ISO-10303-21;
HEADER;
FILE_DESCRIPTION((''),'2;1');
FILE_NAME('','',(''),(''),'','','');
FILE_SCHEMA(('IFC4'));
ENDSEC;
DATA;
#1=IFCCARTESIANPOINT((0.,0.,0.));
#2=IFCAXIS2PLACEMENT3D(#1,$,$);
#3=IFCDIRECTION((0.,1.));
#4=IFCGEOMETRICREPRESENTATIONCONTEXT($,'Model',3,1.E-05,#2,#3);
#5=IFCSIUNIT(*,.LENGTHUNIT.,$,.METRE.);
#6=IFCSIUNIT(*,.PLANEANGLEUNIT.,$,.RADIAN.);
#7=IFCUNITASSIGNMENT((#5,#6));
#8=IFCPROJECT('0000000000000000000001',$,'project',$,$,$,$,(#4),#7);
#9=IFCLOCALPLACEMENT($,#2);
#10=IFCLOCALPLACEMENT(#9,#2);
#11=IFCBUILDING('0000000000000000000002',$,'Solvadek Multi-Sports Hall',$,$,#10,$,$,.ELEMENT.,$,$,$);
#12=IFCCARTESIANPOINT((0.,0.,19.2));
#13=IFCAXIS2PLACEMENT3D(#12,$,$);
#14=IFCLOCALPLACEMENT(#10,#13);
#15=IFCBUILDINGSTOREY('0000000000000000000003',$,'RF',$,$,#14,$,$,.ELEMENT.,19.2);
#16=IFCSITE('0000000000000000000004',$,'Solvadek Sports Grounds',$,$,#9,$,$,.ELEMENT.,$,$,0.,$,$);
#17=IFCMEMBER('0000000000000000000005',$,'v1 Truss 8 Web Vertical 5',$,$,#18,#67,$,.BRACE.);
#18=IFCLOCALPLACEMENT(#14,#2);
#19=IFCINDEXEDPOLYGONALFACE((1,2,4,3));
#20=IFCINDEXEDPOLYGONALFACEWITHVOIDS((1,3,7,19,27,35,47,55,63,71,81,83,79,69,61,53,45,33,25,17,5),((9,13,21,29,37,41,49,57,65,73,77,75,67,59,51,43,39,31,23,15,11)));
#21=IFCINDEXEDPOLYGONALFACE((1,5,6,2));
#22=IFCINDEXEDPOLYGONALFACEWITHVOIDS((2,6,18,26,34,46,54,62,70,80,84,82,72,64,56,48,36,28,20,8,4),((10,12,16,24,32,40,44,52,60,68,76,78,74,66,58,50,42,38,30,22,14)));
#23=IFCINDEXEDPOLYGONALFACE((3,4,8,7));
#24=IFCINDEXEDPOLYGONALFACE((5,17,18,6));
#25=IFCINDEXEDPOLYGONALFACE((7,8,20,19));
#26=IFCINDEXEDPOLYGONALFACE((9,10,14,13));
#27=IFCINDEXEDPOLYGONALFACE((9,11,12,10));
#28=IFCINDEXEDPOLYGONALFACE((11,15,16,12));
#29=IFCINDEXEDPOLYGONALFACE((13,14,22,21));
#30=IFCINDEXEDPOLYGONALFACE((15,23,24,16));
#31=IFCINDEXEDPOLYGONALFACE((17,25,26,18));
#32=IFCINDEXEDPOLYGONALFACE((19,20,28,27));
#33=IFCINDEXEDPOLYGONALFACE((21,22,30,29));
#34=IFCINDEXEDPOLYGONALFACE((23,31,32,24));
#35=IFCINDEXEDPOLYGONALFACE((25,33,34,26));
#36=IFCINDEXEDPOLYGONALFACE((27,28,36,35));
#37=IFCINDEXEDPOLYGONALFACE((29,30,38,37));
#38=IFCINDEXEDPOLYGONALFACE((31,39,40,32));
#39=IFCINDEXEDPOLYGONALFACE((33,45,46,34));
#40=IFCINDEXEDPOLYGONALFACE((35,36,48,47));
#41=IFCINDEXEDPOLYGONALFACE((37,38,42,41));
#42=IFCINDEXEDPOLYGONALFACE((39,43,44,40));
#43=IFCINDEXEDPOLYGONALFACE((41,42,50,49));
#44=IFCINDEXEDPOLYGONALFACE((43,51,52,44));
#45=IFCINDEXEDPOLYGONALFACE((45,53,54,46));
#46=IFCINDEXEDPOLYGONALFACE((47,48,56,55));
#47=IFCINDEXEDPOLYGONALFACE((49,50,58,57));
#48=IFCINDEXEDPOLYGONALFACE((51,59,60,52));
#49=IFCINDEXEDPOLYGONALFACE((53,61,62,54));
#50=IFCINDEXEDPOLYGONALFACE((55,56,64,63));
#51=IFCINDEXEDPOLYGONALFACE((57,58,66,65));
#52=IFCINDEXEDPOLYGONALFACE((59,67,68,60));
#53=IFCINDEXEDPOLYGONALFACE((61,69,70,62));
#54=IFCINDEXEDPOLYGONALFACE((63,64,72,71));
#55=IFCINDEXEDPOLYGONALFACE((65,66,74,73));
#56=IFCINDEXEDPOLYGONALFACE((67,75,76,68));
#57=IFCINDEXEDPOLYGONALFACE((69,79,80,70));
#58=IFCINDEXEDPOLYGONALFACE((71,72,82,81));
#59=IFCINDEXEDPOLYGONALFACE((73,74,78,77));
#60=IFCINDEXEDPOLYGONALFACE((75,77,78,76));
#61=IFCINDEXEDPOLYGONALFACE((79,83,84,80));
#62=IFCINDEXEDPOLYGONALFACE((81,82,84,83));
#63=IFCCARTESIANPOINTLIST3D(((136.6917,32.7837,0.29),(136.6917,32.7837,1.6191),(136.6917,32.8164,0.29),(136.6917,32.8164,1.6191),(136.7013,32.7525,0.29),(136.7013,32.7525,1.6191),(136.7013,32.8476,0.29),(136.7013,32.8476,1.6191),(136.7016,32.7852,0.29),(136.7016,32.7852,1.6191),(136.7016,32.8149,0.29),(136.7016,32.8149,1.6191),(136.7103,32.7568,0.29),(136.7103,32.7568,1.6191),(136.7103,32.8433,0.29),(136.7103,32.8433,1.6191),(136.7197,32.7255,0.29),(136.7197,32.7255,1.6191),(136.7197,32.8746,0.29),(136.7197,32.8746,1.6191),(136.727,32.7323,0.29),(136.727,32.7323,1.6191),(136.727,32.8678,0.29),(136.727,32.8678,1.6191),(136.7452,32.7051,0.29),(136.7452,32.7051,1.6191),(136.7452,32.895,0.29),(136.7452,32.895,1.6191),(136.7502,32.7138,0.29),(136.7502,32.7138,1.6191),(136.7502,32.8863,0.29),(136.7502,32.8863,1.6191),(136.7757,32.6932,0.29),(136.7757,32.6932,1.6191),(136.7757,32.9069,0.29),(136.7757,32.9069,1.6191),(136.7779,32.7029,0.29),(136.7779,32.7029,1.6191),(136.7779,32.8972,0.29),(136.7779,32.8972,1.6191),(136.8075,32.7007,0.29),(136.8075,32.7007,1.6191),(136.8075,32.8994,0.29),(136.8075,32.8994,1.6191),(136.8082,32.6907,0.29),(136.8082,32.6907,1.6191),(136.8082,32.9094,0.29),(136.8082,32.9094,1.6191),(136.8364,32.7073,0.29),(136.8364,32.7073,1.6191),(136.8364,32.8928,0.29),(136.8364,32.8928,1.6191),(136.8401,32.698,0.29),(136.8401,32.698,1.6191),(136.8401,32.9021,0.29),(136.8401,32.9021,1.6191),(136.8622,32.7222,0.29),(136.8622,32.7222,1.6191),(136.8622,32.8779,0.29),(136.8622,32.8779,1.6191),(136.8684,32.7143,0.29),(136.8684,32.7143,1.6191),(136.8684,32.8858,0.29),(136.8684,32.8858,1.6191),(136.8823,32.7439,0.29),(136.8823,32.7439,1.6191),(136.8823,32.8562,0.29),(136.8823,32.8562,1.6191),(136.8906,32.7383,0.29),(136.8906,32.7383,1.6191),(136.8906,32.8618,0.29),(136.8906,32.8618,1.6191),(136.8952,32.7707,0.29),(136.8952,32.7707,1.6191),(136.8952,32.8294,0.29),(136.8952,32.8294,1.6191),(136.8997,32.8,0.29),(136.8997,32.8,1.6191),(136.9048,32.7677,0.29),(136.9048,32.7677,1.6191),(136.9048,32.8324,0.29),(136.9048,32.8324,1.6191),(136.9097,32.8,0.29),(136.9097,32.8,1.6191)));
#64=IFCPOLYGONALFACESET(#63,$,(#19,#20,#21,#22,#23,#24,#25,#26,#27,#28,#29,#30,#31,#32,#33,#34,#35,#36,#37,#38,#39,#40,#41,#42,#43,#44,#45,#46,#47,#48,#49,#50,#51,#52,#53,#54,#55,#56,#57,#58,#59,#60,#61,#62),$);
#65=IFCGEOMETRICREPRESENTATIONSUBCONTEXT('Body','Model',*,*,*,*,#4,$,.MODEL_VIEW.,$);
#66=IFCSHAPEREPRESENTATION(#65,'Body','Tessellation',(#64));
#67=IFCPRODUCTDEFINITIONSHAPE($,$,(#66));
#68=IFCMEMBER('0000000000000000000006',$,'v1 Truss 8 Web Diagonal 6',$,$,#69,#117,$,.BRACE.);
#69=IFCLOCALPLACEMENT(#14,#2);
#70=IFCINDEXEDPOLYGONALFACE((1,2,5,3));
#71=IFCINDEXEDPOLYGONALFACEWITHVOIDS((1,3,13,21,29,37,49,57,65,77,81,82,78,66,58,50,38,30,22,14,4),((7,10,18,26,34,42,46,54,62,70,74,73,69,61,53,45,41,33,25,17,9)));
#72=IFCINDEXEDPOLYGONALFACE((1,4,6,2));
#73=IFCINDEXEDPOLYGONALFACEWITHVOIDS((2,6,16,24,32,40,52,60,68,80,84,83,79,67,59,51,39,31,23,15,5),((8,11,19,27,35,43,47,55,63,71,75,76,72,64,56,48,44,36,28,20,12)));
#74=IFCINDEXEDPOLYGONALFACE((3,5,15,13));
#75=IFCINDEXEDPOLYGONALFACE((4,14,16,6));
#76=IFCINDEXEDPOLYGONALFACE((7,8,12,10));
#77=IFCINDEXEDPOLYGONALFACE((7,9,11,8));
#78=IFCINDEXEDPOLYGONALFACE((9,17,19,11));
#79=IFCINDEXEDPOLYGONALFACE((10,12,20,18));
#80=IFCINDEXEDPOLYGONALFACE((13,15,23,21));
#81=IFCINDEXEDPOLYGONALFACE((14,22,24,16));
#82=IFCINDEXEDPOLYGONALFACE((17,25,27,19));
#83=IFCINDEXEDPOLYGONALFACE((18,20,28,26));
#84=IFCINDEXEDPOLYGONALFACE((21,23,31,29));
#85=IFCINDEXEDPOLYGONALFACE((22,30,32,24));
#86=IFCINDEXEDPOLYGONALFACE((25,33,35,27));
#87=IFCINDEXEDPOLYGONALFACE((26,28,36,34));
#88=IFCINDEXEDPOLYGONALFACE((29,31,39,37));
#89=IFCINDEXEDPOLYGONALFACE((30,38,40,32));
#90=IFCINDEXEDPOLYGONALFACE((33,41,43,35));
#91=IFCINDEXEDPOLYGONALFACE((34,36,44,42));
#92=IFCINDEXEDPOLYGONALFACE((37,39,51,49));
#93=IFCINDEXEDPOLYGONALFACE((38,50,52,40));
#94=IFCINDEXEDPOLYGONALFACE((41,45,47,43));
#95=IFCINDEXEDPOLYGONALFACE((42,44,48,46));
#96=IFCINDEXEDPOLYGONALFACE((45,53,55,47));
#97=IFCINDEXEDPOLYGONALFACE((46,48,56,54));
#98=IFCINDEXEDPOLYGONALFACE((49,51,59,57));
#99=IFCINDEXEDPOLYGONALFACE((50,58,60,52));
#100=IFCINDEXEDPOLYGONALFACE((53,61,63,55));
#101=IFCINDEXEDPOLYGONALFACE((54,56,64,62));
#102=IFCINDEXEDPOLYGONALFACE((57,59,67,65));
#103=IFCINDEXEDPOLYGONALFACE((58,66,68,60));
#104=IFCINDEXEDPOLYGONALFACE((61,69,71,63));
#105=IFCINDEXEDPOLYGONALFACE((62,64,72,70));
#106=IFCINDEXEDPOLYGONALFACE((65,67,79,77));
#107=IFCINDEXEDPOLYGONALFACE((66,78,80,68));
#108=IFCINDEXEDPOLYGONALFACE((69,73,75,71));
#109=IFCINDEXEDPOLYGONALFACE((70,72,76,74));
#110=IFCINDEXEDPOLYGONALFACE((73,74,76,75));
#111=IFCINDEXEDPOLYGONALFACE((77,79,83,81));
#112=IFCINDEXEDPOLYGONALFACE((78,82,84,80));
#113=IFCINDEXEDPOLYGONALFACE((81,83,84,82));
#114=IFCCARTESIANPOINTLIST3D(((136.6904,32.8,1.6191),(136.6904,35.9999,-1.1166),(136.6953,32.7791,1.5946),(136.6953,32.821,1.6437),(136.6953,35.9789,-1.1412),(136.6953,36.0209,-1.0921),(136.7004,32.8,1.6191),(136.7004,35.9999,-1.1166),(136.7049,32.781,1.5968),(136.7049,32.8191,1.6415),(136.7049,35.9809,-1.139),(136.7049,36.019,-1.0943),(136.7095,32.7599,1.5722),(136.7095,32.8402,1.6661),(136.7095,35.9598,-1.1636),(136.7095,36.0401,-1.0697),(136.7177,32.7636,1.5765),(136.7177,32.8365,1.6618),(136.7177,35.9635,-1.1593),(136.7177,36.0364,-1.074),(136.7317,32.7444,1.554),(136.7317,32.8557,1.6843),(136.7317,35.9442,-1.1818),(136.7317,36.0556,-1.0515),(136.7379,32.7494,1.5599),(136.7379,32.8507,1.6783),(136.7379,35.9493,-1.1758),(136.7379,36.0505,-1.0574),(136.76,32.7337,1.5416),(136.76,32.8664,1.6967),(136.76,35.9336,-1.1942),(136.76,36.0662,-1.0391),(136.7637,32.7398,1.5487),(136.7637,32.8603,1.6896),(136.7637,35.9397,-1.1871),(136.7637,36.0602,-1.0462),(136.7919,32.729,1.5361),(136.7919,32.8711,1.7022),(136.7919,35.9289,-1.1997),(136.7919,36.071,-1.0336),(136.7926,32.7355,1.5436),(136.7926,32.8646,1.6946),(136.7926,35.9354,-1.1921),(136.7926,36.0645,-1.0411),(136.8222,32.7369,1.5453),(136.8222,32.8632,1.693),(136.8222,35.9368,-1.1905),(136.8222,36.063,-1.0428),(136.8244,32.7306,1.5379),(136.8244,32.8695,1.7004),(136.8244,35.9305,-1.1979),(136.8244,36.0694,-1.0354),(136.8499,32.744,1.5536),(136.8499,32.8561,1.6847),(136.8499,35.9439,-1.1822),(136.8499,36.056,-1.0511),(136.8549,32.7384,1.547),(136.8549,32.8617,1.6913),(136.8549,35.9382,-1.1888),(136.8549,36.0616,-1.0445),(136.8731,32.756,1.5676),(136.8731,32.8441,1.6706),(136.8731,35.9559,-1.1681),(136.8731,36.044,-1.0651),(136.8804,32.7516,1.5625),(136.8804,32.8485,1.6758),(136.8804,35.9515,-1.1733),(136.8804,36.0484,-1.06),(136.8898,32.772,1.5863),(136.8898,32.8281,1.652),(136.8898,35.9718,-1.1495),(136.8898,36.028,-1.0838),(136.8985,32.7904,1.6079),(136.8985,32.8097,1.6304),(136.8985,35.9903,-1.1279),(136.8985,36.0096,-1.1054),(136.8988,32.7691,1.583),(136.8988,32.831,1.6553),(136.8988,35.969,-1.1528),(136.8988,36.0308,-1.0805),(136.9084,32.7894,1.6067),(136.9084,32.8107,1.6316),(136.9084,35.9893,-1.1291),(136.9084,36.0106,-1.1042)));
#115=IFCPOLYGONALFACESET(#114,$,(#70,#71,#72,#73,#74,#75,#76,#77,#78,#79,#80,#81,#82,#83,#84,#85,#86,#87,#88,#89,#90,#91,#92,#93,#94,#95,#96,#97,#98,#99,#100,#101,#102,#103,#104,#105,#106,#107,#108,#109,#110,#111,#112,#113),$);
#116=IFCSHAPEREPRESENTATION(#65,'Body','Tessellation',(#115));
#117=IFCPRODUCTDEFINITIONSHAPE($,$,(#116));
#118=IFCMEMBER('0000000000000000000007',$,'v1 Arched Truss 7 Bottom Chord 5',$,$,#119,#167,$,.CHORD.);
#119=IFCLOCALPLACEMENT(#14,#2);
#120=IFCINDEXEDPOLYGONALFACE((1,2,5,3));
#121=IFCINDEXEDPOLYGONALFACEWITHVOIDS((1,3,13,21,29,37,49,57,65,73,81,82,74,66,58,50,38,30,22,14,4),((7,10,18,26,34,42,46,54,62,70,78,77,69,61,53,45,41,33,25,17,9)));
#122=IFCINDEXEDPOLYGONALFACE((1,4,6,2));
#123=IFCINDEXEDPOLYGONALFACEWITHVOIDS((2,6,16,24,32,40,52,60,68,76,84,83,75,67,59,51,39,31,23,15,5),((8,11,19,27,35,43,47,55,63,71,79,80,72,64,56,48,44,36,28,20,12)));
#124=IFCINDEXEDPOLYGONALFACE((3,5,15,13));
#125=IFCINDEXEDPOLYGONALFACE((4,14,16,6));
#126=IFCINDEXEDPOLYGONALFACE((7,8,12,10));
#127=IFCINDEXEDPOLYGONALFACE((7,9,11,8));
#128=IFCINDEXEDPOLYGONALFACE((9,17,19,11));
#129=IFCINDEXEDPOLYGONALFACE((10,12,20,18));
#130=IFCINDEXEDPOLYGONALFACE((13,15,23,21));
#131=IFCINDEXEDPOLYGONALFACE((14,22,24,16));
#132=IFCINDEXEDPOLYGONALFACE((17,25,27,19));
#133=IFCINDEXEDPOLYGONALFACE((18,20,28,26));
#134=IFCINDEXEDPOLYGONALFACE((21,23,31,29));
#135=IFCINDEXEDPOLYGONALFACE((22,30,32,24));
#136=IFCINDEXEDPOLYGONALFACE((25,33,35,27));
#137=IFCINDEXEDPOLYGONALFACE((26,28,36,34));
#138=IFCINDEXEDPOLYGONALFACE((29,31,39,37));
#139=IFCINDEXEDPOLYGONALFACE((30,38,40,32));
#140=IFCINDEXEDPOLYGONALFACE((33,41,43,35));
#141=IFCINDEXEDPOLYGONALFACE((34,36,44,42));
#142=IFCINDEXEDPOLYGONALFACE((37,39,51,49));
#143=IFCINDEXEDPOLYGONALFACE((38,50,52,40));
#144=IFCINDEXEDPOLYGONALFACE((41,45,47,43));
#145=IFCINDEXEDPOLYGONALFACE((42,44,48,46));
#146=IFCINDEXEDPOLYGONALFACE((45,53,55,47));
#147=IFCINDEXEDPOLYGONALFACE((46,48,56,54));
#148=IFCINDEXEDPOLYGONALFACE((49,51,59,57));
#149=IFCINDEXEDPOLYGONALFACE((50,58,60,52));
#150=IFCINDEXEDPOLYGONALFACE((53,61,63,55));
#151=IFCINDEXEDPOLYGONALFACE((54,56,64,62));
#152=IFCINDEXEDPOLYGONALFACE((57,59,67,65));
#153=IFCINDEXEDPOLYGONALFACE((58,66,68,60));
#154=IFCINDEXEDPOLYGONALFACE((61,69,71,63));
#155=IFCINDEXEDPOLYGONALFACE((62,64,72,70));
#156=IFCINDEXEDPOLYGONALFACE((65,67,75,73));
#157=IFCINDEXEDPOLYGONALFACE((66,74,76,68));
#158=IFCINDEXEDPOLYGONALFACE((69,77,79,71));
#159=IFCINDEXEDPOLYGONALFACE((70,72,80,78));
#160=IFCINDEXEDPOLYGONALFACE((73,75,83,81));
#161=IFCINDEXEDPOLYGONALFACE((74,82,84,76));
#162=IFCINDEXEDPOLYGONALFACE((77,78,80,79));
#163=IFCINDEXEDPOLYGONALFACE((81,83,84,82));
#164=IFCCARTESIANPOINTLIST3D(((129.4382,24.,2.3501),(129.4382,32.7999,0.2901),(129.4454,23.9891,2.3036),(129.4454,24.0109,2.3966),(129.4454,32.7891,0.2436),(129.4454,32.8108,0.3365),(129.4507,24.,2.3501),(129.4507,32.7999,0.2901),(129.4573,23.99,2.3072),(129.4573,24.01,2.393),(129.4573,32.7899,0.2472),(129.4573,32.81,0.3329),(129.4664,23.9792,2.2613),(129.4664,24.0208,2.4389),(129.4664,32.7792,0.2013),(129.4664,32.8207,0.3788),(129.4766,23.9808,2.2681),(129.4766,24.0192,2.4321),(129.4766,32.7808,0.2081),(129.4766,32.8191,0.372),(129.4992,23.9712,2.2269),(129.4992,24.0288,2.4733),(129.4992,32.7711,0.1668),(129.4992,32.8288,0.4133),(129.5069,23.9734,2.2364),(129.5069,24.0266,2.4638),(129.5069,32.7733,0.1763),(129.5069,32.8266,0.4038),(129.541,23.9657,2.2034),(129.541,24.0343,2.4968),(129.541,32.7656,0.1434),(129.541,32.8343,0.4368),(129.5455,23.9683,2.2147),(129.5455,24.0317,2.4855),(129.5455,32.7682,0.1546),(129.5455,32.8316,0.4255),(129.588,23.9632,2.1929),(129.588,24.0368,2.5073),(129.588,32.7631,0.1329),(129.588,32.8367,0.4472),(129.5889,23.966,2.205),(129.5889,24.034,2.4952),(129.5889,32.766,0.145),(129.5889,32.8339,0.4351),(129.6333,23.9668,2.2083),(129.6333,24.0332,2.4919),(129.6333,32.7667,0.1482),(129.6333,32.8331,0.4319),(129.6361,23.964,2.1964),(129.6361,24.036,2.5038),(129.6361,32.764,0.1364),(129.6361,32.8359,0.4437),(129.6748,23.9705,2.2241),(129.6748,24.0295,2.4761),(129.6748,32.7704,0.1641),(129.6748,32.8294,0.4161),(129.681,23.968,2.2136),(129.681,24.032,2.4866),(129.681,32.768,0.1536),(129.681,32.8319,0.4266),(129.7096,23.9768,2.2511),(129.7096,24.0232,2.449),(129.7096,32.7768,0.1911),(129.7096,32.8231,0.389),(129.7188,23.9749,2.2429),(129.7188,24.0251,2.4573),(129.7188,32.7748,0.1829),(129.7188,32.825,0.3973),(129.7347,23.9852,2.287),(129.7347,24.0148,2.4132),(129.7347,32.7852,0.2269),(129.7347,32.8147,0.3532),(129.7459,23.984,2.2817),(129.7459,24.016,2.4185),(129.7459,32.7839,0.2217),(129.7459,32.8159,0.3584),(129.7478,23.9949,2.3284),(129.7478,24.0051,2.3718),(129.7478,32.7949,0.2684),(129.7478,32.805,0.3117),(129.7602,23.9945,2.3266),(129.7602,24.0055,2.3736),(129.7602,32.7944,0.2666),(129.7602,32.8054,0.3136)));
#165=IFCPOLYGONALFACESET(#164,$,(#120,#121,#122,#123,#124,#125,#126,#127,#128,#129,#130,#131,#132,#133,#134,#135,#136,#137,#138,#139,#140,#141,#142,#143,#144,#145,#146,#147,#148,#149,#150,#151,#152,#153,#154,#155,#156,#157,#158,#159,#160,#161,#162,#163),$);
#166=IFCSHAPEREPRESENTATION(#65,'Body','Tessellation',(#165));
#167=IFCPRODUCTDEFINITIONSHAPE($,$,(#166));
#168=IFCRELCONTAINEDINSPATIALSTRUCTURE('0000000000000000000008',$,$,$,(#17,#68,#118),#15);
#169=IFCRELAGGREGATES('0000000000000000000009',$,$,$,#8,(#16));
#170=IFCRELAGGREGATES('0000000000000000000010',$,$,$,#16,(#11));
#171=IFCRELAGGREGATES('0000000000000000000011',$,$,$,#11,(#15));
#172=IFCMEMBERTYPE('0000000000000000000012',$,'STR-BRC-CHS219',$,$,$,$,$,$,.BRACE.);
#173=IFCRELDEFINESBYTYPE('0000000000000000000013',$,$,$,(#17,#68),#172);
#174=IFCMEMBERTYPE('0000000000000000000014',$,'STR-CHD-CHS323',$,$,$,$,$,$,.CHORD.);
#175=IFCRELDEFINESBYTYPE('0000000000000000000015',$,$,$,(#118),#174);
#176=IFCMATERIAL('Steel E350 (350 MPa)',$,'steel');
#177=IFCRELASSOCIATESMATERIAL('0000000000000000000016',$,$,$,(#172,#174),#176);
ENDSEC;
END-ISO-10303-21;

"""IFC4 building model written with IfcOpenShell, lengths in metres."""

from ifc_helpers import new_model, si_unit, direction, frame, origin, origin_2d, place, context, subcontext, project, spatial, hollow_circle, extrude, material, material_profile, profile_set, type_object, element, save


model = new_model("IFC4")

# Units and contexts
model_context = context("Model", 3, precision=1e-05, world=origin(), true_north=direction((0.0, 1.0)))
body_context = subcontext(model_context, "Body", "Model", "MODEL_VIEW")
ifc_project = project(units=[si_unit("LENGTHUNIT", "METRE"), si_unit("PLANEANGLEUNIT", "RADIAN")], contexts=[model_context])

# Site, building, storey
site_placement = place(None, origin())
site = spatial("IfcSite", under=ifc_project, at=site_placement, Name="Solvadek Sports Grounds", CompositionType="ELEMENT", RefElevation=0.0)
building_placement = place(site_placement, origin())
building = spatial("IfcBuilding", under=site, at=building_placement, Name="Solvadek Multi-Sports Hall", CompositionType="ELEMENT")
storey_placement = place(building_placement, frame((0.0, 0.0, 19.2)))
storey = spatial("IfcBuildingStorey", under=building, at=storey_placement, Name="RF", CompositionType="ELEMENT", Elevation=19.2)

# Members
ifc_material_1 = material(Name="Steel E350 (350 MPa)", Category="steel")
ifc_material_profile_1 = material_profile(ifc_material_1, hollow_circle(Radius=0.1096, WallThickness=0.01, at=origin_2d()), Name="CHS 219.1x10")
ifc_profile_set_1 = profile_set([ifc_material_profile_1], Name="Steel E350 (350 MPa)")
member_type_1 = type_object("IfcMemberType", Name="STR-BRC-CHS219", PredefinedType="BRACE", material=ifc_profile_set_1)
member_1_placement = place(storey_placement, frame((136.8, 32.8, 0.29), z_axis=(0.0, 0.0, 1.0), x_axis=(1.0, 0.0, 0.0)))
element("IfcMember", 1, at=member_1_placement, inside=storey, type_object=member_type_1, Name="v1 Truss 8 Web Vertical 5", PredefinedType="BRACE", context=body_context, shape_type="SweptSolid", body=[
    extrude(hollow_circle(Radius=0.1096, WallThickness=0.01, at=origin_2d()), origin(), (0.0, 0.0, 1.0), 1.3291),
])
member_2_placement = place(storey_placement, frame((136.8, 32.8, 1.6191), z_axis=(0.0, 0.760075, -0.649836), x_axis=(-1.0, 0.0, 0.0)))
element("IfcMember", 2, at=member_2_placement, inside=storey, type_object=member_type_1, Name="v1 Truss 8 Web Diagonal 6", PredefinedType="BRACE", context=body_context, shape_type="SweptSolid", body=[
    extrude(hollow_circle(Radius=0.1096, WallThickness=0.01, at=origin_2d()), origin(), (0.0, 0.0, 1.0), 4.21),
])
ifc_material_profile_2 = material_profile(ifc_material_1, hollow_circle(Radius=0.1619, WallThickness=0.0125, at=origin_2d()), Name="CHS 323.9x12.5")
ifc_profile_set_2 = profile_set([ifc_material_profile_2], Name="Steel E350 (350 MPa)")
member_type_2 = type_object("IfcMemberType", Name="STR-CHD-CHS323", PredefinedType="CHORD", material=ifc_profile_set_2)
member_3_placement = place(storey_placement, frame((129.6001, 24.0, 2.3501), z_axis=(0.0, 0.973677, -0.227934), x_axis=(-1.0, 0.0, 0.0)))
element("IfcMember", 3, at=member_3_placement, inside=storey, type_object=member_type_2, Name="v1 Arched Truss 7 Bottom Chord 5", PredefinedType="CHORD", context=body_context, shape_type="SweptSolid", body=[
    extrude(hollow_circle(Radius=0.1619, WallThickness=0.0125, at=origin_2d()), origin(), (0.0, 0.0, 1.0), 9.0378),
])

save(model, "model.ifc")
